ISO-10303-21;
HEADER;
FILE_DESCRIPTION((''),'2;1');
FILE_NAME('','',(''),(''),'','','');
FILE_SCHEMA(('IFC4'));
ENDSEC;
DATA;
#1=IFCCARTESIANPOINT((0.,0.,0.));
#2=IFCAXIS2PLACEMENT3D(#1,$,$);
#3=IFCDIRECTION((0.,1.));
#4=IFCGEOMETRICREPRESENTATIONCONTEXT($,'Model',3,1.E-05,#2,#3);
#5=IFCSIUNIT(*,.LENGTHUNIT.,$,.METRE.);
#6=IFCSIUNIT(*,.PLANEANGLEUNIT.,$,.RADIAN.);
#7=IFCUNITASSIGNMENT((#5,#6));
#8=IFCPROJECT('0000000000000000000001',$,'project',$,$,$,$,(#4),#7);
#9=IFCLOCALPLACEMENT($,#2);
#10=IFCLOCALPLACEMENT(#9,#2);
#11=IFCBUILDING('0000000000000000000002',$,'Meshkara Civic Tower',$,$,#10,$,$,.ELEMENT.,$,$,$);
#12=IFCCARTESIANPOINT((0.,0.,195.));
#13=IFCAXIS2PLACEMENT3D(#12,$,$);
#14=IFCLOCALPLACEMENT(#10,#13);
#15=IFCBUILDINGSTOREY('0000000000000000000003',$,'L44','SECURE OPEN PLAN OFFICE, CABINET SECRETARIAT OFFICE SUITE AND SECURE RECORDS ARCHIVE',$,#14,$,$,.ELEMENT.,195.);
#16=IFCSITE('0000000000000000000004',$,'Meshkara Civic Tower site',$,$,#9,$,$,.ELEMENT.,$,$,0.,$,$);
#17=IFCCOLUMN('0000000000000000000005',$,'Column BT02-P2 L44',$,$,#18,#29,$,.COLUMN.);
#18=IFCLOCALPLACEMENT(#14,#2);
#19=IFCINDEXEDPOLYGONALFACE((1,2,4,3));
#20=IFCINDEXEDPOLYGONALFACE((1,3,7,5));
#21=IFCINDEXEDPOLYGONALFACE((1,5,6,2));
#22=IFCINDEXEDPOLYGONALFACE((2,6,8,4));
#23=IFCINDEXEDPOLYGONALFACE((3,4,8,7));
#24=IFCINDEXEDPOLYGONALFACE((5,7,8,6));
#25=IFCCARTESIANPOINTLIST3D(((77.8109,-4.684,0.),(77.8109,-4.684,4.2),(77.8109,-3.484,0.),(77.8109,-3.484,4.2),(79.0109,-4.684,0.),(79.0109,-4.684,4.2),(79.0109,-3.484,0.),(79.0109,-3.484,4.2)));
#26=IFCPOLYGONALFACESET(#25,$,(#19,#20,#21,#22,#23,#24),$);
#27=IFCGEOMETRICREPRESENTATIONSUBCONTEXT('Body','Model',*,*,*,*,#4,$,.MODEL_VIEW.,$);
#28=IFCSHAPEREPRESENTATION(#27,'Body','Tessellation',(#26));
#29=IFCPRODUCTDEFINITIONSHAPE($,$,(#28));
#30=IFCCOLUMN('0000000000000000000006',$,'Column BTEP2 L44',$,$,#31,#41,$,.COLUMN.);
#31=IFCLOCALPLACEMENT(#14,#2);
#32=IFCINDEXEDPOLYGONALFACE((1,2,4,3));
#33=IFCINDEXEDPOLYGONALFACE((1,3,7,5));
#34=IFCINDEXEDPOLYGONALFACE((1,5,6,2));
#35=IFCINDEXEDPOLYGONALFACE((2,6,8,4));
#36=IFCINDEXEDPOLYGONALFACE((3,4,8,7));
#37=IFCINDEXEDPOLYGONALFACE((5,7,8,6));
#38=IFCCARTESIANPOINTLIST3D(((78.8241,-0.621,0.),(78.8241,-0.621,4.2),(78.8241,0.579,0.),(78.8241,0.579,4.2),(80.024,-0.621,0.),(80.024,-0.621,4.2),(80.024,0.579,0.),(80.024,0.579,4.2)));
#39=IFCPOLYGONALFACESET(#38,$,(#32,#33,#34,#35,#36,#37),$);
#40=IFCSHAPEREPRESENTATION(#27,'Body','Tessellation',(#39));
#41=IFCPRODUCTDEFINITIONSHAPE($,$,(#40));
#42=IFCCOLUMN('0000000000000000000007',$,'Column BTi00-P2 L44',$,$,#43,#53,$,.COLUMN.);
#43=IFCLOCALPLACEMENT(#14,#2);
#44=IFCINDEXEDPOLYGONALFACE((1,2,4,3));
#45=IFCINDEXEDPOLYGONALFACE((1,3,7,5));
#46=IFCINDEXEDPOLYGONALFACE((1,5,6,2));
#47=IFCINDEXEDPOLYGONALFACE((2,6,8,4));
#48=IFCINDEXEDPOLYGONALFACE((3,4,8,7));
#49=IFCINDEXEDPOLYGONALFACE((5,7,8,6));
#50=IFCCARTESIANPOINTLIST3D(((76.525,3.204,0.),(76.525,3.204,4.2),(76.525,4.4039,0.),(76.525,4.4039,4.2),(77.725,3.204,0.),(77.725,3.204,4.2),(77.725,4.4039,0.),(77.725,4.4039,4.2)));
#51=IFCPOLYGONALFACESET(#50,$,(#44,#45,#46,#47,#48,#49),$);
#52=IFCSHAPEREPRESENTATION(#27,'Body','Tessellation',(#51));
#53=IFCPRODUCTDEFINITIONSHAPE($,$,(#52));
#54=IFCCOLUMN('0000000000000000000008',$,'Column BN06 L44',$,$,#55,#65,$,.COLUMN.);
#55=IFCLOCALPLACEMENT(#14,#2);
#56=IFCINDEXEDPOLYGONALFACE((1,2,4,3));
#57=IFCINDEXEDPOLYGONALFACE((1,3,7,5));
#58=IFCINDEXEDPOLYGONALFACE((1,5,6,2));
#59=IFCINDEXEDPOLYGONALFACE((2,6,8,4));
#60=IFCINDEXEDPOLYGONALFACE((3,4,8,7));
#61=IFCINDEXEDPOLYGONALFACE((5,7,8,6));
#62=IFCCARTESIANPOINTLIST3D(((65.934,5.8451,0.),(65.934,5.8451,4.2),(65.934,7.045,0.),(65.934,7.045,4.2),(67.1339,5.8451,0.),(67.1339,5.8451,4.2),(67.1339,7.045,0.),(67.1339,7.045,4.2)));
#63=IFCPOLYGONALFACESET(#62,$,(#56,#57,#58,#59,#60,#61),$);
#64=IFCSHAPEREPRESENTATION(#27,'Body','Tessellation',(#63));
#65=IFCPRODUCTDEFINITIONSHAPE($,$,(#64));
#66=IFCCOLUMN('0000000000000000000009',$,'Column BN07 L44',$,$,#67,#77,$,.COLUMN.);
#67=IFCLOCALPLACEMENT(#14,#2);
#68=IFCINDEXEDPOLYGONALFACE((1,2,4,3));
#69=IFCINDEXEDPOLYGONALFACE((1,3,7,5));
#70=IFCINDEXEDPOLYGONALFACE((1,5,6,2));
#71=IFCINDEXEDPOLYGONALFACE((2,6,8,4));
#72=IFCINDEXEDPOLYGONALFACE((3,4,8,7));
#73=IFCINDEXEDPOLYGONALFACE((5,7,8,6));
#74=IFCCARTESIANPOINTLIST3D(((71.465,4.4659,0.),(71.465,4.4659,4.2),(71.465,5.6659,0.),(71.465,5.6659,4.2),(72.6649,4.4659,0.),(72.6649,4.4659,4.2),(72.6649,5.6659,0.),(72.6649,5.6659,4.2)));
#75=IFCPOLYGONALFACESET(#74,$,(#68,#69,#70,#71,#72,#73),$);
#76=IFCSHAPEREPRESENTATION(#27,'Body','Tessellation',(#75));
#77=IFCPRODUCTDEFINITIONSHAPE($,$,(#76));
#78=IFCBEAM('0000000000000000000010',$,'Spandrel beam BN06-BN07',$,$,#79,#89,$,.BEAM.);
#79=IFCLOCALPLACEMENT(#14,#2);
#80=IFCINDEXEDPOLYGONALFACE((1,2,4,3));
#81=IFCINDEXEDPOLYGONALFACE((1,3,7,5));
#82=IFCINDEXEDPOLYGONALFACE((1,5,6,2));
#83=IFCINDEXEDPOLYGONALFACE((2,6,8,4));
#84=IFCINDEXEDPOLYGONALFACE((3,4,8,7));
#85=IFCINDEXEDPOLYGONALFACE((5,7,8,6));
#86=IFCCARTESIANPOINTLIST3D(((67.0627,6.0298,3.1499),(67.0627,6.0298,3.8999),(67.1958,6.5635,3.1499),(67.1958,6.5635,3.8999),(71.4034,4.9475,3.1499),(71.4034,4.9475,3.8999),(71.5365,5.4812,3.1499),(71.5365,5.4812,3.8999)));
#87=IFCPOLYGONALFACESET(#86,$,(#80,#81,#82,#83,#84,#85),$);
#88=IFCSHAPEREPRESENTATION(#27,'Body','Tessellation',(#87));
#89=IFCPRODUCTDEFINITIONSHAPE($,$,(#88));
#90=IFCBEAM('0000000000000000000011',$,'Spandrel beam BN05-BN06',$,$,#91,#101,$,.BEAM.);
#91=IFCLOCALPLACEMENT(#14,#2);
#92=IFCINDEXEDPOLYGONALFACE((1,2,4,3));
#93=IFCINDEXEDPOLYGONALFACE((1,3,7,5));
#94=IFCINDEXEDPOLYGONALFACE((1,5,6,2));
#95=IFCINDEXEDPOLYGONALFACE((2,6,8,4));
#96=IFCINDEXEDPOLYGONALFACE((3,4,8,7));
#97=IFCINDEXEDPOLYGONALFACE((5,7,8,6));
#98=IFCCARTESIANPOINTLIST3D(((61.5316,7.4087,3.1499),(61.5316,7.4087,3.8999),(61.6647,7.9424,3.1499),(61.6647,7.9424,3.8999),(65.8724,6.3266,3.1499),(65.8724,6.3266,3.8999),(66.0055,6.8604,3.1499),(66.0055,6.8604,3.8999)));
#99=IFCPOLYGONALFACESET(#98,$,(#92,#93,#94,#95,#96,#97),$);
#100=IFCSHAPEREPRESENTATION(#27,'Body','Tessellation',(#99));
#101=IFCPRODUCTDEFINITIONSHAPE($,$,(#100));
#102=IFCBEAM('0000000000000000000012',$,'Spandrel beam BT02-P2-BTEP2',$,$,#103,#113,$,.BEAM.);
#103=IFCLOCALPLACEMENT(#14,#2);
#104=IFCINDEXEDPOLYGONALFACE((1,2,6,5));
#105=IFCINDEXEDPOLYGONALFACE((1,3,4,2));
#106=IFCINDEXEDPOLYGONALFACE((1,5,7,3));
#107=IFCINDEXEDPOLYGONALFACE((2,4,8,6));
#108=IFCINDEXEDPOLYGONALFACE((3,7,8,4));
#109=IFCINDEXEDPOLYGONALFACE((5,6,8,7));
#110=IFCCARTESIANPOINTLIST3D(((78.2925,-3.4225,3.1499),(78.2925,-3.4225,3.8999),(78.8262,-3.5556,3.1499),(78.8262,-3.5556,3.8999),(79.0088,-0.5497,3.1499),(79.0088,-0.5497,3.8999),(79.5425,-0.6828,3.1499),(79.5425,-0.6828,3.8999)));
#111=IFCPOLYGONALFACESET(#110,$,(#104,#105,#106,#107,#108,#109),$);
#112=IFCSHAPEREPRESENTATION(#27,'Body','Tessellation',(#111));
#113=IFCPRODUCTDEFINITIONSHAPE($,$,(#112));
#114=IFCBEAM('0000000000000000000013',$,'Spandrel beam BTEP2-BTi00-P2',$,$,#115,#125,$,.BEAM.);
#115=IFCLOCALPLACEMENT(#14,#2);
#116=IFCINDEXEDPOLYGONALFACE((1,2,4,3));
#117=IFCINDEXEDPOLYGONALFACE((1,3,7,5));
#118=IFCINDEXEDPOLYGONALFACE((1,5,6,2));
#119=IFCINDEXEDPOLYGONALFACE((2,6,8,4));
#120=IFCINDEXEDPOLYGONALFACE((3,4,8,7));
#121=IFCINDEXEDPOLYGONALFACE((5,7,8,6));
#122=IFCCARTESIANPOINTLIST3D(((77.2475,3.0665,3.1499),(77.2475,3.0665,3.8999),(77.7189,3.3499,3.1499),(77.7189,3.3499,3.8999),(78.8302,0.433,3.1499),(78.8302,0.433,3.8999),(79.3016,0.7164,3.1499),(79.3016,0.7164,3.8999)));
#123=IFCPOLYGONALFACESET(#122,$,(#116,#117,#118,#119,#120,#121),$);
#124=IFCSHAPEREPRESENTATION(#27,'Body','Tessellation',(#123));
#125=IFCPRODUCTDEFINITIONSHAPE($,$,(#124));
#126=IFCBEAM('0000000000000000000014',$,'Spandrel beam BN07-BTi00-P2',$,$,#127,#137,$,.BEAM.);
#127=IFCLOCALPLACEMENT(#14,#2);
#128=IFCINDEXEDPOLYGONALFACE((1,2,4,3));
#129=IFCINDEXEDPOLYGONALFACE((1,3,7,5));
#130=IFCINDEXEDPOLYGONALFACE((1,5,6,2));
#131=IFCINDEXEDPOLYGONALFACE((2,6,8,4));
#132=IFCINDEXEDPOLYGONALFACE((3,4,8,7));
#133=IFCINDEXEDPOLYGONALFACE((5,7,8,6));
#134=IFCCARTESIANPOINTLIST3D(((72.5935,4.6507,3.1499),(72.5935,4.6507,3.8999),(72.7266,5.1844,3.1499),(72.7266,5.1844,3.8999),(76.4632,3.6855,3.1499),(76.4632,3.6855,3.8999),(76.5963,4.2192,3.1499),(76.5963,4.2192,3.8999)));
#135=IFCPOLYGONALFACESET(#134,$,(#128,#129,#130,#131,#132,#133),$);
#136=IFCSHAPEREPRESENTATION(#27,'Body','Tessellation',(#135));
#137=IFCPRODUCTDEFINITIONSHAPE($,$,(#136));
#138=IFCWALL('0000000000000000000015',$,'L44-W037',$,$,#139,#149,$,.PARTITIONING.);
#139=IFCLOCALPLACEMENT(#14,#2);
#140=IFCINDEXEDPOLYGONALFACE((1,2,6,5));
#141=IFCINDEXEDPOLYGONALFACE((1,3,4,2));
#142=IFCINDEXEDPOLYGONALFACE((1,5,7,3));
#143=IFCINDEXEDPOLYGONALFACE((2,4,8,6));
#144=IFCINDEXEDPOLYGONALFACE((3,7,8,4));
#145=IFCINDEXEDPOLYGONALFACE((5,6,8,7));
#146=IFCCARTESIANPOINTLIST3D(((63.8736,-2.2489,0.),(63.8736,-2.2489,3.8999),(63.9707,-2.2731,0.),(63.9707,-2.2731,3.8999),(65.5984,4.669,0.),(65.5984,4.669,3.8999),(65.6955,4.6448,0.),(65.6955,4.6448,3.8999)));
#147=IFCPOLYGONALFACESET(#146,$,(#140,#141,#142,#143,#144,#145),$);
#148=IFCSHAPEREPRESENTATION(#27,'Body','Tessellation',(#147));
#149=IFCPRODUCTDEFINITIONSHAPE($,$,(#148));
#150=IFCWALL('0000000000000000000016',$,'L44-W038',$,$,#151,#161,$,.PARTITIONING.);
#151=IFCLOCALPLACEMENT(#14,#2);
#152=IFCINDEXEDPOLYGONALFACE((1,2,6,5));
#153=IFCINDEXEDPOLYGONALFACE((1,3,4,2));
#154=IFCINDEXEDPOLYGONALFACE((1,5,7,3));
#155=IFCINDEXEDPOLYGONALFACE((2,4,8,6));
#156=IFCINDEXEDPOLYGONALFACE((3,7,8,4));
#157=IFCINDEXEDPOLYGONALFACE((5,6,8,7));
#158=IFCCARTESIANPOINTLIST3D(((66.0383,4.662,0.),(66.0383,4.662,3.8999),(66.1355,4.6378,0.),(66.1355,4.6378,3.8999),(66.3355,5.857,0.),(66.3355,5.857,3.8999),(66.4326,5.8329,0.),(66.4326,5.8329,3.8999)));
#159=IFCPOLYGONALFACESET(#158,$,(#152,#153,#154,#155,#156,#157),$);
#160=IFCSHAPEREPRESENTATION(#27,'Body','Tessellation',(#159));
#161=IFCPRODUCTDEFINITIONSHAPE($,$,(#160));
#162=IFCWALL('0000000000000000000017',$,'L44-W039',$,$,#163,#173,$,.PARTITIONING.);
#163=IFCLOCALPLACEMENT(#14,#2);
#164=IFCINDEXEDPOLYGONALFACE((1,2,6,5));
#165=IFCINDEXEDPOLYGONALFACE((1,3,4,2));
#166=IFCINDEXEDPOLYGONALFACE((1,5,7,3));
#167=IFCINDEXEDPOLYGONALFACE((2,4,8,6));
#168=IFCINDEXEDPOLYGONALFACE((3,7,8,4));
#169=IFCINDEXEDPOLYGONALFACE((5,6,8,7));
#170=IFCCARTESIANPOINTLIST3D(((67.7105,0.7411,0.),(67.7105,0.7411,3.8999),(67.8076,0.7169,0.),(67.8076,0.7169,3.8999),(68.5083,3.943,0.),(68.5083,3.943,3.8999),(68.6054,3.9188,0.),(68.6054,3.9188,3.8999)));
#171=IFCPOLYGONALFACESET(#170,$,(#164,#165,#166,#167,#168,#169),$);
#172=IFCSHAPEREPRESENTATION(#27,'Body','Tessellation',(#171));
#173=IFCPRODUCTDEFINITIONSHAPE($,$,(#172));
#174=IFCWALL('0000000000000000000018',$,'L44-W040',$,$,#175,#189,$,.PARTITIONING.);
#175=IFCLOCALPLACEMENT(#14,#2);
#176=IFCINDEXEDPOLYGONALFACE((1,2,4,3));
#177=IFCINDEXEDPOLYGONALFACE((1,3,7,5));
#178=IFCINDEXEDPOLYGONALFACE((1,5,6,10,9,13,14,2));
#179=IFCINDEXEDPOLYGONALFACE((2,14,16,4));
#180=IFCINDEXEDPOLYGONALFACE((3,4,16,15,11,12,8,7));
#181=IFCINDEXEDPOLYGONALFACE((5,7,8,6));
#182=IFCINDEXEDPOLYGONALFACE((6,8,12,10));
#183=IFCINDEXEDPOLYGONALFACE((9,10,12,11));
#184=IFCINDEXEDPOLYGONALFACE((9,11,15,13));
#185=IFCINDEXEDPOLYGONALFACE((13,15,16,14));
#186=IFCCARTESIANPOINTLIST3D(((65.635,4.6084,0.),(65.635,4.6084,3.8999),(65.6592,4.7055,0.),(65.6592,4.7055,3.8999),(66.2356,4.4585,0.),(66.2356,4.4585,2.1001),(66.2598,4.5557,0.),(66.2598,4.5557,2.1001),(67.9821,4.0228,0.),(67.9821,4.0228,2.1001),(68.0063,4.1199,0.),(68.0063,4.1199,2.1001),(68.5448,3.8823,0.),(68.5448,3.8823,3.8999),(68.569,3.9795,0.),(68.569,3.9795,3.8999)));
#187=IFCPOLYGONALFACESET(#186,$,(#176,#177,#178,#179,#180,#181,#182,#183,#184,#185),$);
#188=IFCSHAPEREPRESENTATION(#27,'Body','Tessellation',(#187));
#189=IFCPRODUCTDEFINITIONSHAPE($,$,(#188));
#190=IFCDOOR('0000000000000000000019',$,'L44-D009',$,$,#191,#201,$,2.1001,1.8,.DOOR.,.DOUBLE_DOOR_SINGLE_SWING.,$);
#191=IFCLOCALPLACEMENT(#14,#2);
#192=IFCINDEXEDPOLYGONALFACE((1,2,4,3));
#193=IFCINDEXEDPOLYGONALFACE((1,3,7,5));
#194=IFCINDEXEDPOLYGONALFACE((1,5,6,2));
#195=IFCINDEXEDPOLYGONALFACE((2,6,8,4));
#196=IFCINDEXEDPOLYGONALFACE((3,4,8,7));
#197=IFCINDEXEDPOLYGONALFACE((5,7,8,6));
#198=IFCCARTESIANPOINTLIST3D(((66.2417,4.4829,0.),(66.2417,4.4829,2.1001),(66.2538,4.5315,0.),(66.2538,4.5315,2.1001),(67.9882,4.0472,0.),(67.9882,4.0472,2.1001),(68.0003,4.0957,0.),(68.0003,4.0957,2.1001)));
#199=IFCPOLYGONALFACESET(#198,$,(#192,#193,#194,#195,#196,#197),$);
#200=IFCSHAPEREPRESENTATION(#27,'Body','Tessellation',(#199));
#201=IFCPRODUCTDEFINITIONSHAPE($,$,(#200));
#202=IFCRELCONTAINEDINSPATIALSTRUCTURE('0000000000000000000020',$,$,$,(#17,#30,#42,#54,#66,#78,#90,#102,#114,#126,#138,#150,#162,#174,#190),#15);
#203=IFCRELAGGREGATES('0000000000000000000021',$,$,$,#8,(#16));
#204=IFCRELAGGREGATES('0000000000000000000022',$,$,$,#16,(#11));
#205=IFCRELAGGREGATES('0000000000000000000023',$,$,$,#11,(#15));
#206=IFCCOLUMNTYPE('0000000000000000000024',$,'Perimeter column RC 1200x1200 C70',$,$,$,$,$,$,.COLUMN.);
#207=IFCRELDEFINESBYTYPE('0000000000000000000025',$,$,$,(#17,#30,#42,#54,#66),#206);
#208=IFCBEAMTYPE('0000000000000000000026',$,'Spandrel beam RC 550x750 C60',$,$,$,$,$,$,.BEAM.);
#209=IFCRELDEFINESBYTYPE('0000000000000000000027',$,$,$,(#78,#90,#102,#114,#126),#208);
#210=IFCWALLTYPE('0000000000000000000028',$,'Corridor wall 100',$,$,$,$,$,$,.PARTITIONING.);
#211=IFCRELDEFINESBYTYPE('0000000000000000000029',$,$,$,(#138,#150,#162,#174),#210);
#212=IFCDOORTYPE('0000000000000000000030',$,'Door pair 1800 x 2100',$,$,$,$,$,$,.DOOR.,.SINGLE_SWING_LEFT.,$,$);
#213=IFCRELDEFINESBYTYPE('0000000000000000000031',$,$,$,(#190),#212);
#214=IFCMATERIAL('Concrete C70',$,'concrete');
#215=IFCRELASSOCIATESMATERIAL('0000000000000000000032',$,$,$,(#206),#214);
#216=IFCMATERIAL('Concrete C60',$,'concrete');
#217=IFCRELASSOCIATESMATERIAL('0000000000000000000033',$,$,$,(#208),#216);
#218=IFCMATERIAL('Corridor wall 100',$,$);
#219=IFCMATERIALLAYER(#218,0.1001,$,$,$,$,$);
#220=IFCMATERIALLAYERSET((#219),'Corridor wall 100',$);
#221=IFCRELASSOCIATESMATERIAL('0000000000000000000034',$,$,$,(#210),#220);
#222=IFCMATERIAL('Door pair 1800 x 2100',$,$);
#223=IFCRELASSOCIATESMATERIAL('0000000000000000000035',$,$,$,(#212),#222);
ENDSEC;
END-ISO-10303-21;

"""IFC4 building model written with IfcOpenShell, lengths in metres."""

from ifc_helpers import new_model, si_unit, direction, frame, frame_2d, origin, origin_2d, place, context, subcontext, project, spatial, rectangle, extrude, material, layer, layer_set, material_profile, profile_set, type_object, element, fill, save


model = new_model("IFC4")

# Units and contexts
model_context = context("Model", 3, precision=1e-05, world=origin(), true_north=direction((0.0, 1.0)))
body_context = subcontext(model_context, "Body", "Model", "MODEL_VIEW")
ifc_project = project(units=[si_unit("LENGTHUNIT", "METRE"), si_unit("PLANEANGLEUNIT", "RADIAN")], contexts=[model_context])

# Site, building, storey
site_placement = place(None, origin())
site = spatial("IfcSite", under=ifc_project, at=site_placement, Name="Meshkara Civic Tower site", CompositionType="ELEMENT", RefElevation=0.0)
building_placement = place(site_placement, origin())
building = spatial("IfcBuilding", under=site, at=building_placement, Name="Meshkara Civic Tower", CompositionType="ELEMENT")
storey_placement = place(building_placement, frame((0.0, 0.0, 195.0)))
storey = spatial("IfcBuildingStorey", under=building, at=storey_placement, Name="L44", Description="SECURE OPEN PLAN OFFICE, CABINET SECRETARIAT OFFICE SUITE AND SECURE RECORDS ARCHIVE", CompositionType="ELEMENT", Elevation=195.0)

# Columns
ifc_material_1 = material(Name="Concrete C70", Category="concrete")
ifc_material_profile_1 = material_profile(ifc_material_1, rectangle(XDim=1.2, YDim=1.2, at=origin_2d()))
ifc_profile_set_1 = profile_set([ifc_material_profile_1], Name="Concrete C70")
column_type = type_object("IfcColumnType", Name="Perimeter column RC 1200x1200 C70", PredefinedType="COLUMN", material=ifc_profile_set_1)
for number, where, z_axis, x_axis, name in (
    (1, (78.4109, -4.084, 0.0), (0.0, 0.0, 1.0), (1.0, 0.0, 0.0), "Column BT02-P2 L44"),
    (2, (79.4241, -0.021, 0.0), (0.0, 0.0, 1.0), (1.0, 0.0, 0.0), "Column BTEP2 L44"),
    (3, (77.125, 3.804, 0.0), (0.0, 0.0, 1.0), (1.0, 0.0, 0.0), "Column BTi00-P2 L44"),
    (4, (66.5339, 6.4451, 0.0), (0.0, 0.0, 1.0), (1.0, 0.0, 0.0), "Column BN06 L44"),
    (5, (72.0649, 5.0659, 0.0), (0.0, 0.0, 1.0), (1.0, 0.0, 0.0), "Column BN07 L44"),
):
    element("IfcColumn", number, at=place(storey_placement, frame(where, z_axis=z_axis, x_axis=x_axis)), inside=storey, type_object=column_type, Name=name, PredefinedType="COLUMN", context=body_context, shape_type="SweptSolid", body=[
        extrude(rectangle(XDim=1.2, YDim=1.2, at=origin_2d()), origin(), (0.0, 0.0, 1.0), 4.2),
    ])

# Beams
ifc_material_2 = material(Name="Concrete C60", Category="concrete")
ifc_material_profile_2 = material_profile(ifc_material_2, rectangle(XDim=0.55, YDim=0.75, at=origin_2d()))
ifc_profile_set_2 = profile_set([ifc_material_profile_2], Name="Concrete C60")
beam_type = type_object("IfcBeamType", Name="Spandrel beam RC 550x750 C60", PredefinedType="BEAM", material=ifc_profile_set_2)
for number, where, z_axis, x_axis, name in (
    (6, (71.47, 5.2144, 3.5249), (-0.970296, 0.241919, 0.0), (-0.241919, -0.970296, 0.0), "Spandrel beam BN06-BN07"),
    (7, (65.939, 6.5935, 3.5249), (-0.970309, 0.241868, 0.0), (-0.241868, -0.970309, 0.0), "Spandrel beam BN05-BN06"),
):
    element("IfcBeam", number, at=place(storey_placement, frame(where, z_axis=z_axis, x_axis=x_axis)), inside=storey, type_object=beam_type, Name=name, PredefinedType="BEAM", context=body_context, shape_type="SweptSolid", body=[
        extrude(rectangle(XDim=0.55, YDim=0.75, at=origin_2d()), origin(), (0.0, 0.0, 1.0), 4.4736),
    ])
beam_1_placement = place(storey_placement, frame((78.5593, -3.489, 3.5249), z_axis=(0.241934, 0.970293, 0.0), x_axis=(-0.970293, 0.241934, 0.0)))
element("IfcBeam", 8, at=beam_1_placement, inside=storey, type_object=beam_type, Name="Spandrel beam BT02-P2-BTEP2", PredefinedType="BEAM", context=body_context, shape_type="SweptSolid", body=[
    extrude(rectangle(XDim=0.55, YDim=0.75, at=origin_2d()), origin(), (0.0, 0.0, 1.0), 2.9607),
])
beam_2_placement = place(storey_placement, frame((79.0659, 0.5747, 3.5249), z_axis=(-0.515127, 0.857114, 0.0), x_axis=(-0.857114, -0.515127, 0.0)))
element("IfcBeam", 9, at=beam_2_placement, inside=storey, type_object=beam_type, Name="Spandrel beam BTEP2-BTi00-P2", PredefinedType="BEAM", context=body_context, shape_type="SweptSolid", body=[
    extrude(rectangle(XDim=0.55, YDim=0.75, at=origin_2d()), origin(), (0.0, 0.0, 1.0), 3.0725),
])
beam_3_placement = place(storey_placement, frame((76.5298, 3.9524, 3.5249), z_axis=(-0.970279, 0.241988, 0.0), x_axis=(-0.241988, -0.970279, 0.0)))
element("IfcBeam", 10, at=beam_3_placement, inside=storey, type_object=beam_type, Name="Spandrel beam BN07-BTi00-P2", PredefinedType="BEAM", context=body_context, shape_type="SweptSolid", body=[
    extrude(rectangle(XDim=0.55, YDim=0.75, at=origin_2d()), origin(), (0.0, 0.0, 1.0), 3.9883),
])

# Walls
ifc_material_3 = material(Name="Corridor wall 100")
ifc_layer_1 = layer(ifc_material_3, 0.1001)
ifc_layer_set_1 = layer_set([ifc_layer_1], Name="Corridor wall 100")
wall_type_1 = type_object("IfcWallType", Name="Corridor wall 100", PredefinedType="PARTITIONING", material=ifc_layer_set_1)
wall_1_placement = place(storey_placement, frame((65.647, 4.657, 0.0), z_axis=(0.0, 0.0, 1.0), x_axis=(-0.241923, -0.970295, 0.0)))
element("IfcWall", 11, at=wall_1_placement, inside=storey, type_object=wall_type_1, Name="L44-W037", PredefinedType="PARTITIONING", context=body_context, shape_type="SweptSolid", body=[
    extrude(rectangle(XDim=7.1296, YDim=0.1001, at=frame_2d((3.5649, 0.0))), origin(), (0.0, 0.0, 1.0), 3.8999),
])
wall_2_placement = place(storey_placement, frame((66.0869, 4.6499, 0.0), z_axis=(0.0, 0.0, 1.0), x_axis=(0.241276, 0.970457, 0.0)))
element("IfcWall", 12, at=wall_2_placement, inside=storey, type_object=wall_type_1, Name="L44-W038", PredefinedType="PARTITIONING", context=body_context, shape_type="SweptSolid", body=[
    extrude(rectangle(XDim=1.2314, YDim=0.1001, at=frame_2d((0.6157, 0.0))), origin(), (0.0, 0.0, 1.0), 3.8999),
])
wall_3_placement = place(storey_placement, frame((67.759, 0.729, 0.0), z_axis=(0.0, 0.0, 1.0), x_axis=(0.241787, 0.970329, 0.0)))
element("IfcWall", 13, at=wall_3_placement, inside=storey, type_object=wall_type_1, Name="L44-W039", PredefinedType="PARTITIONING", context=body_context, shape_type="SweptSolid", body=[
    extrude(rectangle(XDim=3.2998, YDim=0.1001, at=frame_2d((1.6499, 0.0))), origin(), (0.0, 0.0, 1.0), 3.8999),
])

# Wall, opening, door
wall_4_placement = place(storey_placement, frame((68.5569, 3.9309, 0.0), z_axis=(0.0, 0.0, 1.0), x_axis=(-0.970253, 0.242095, 0.0)))
wall_4 = element("IfcWall", 14, at=wall_4_placement, inside=storey, type_object=wall_type_1, Name="L44-W040", PredefinedType="PARTITIONING", context=body_context, shape_type="SweptSolid", body=[
    extrude(rectangle(XDim=2.999, YDim=0.1001, at=frame_2d((1.4995, 0.0))), origin(), (0.0, 0.0, 1.0), 3.8999),
])
opening_1_placement = place(wall_4_placement, frame((0.5801, 0.0, 0.0)))
opening_1 = element("IfcOpeningElement", 15, at=opening_1_placement, cuts=wall_4, PredefinedType="OPENING", context=body_context, shape_type="SweptSolid", body=[
    extrude(rectangle(XDim=1.8, YDim=2.1001, at=frame_2d((0.8999, 1.05))), frame((0.0, 0.0601, 0.0), z_axis=(0.0, -1.0, 0.0), x_axis=(1.0, 0.0, 0.0)), (0.0, 0.0, 1.0), 0.1201),
])
ifc_material_4 = material(Name="Door pair 1800 x 2100")
door_type_1 = type_object("IfcDoorType", Name="Door pair 1800 x 2100", OperationType="SINGLE_SWING_LEFT", PredefinedType="DOOR", material=ifc_material_4)
door_1_placement = place(opening_1_placement, origin())
door_1 = element("IfcDoor", 16, at=door_1_placement, inside=storey, type_object=door_type_1, Name="L44-D009", OperationType="DOUBLE_DOOR_SINGLE_SWING", OverallHeight=2.1001, OverallWidth=1.8, PredefinedType="DOOR", context=body_context, shape_type="SweptSolid", body=[
    extrude(rectangle(XDim=1.8, YDim=2.1001, at=frame_2d((0.8999, 1.05))), frame((0.0, 0.0249, 0.0), z_axis=(0.0, -1.0, 0.0), x_axis=(1.0, 0.0, 0.0)), (0.0, 0.0, 1.0), 0.05),
])
fill(opening_1, door_1)

save(model, "model.ifc")
